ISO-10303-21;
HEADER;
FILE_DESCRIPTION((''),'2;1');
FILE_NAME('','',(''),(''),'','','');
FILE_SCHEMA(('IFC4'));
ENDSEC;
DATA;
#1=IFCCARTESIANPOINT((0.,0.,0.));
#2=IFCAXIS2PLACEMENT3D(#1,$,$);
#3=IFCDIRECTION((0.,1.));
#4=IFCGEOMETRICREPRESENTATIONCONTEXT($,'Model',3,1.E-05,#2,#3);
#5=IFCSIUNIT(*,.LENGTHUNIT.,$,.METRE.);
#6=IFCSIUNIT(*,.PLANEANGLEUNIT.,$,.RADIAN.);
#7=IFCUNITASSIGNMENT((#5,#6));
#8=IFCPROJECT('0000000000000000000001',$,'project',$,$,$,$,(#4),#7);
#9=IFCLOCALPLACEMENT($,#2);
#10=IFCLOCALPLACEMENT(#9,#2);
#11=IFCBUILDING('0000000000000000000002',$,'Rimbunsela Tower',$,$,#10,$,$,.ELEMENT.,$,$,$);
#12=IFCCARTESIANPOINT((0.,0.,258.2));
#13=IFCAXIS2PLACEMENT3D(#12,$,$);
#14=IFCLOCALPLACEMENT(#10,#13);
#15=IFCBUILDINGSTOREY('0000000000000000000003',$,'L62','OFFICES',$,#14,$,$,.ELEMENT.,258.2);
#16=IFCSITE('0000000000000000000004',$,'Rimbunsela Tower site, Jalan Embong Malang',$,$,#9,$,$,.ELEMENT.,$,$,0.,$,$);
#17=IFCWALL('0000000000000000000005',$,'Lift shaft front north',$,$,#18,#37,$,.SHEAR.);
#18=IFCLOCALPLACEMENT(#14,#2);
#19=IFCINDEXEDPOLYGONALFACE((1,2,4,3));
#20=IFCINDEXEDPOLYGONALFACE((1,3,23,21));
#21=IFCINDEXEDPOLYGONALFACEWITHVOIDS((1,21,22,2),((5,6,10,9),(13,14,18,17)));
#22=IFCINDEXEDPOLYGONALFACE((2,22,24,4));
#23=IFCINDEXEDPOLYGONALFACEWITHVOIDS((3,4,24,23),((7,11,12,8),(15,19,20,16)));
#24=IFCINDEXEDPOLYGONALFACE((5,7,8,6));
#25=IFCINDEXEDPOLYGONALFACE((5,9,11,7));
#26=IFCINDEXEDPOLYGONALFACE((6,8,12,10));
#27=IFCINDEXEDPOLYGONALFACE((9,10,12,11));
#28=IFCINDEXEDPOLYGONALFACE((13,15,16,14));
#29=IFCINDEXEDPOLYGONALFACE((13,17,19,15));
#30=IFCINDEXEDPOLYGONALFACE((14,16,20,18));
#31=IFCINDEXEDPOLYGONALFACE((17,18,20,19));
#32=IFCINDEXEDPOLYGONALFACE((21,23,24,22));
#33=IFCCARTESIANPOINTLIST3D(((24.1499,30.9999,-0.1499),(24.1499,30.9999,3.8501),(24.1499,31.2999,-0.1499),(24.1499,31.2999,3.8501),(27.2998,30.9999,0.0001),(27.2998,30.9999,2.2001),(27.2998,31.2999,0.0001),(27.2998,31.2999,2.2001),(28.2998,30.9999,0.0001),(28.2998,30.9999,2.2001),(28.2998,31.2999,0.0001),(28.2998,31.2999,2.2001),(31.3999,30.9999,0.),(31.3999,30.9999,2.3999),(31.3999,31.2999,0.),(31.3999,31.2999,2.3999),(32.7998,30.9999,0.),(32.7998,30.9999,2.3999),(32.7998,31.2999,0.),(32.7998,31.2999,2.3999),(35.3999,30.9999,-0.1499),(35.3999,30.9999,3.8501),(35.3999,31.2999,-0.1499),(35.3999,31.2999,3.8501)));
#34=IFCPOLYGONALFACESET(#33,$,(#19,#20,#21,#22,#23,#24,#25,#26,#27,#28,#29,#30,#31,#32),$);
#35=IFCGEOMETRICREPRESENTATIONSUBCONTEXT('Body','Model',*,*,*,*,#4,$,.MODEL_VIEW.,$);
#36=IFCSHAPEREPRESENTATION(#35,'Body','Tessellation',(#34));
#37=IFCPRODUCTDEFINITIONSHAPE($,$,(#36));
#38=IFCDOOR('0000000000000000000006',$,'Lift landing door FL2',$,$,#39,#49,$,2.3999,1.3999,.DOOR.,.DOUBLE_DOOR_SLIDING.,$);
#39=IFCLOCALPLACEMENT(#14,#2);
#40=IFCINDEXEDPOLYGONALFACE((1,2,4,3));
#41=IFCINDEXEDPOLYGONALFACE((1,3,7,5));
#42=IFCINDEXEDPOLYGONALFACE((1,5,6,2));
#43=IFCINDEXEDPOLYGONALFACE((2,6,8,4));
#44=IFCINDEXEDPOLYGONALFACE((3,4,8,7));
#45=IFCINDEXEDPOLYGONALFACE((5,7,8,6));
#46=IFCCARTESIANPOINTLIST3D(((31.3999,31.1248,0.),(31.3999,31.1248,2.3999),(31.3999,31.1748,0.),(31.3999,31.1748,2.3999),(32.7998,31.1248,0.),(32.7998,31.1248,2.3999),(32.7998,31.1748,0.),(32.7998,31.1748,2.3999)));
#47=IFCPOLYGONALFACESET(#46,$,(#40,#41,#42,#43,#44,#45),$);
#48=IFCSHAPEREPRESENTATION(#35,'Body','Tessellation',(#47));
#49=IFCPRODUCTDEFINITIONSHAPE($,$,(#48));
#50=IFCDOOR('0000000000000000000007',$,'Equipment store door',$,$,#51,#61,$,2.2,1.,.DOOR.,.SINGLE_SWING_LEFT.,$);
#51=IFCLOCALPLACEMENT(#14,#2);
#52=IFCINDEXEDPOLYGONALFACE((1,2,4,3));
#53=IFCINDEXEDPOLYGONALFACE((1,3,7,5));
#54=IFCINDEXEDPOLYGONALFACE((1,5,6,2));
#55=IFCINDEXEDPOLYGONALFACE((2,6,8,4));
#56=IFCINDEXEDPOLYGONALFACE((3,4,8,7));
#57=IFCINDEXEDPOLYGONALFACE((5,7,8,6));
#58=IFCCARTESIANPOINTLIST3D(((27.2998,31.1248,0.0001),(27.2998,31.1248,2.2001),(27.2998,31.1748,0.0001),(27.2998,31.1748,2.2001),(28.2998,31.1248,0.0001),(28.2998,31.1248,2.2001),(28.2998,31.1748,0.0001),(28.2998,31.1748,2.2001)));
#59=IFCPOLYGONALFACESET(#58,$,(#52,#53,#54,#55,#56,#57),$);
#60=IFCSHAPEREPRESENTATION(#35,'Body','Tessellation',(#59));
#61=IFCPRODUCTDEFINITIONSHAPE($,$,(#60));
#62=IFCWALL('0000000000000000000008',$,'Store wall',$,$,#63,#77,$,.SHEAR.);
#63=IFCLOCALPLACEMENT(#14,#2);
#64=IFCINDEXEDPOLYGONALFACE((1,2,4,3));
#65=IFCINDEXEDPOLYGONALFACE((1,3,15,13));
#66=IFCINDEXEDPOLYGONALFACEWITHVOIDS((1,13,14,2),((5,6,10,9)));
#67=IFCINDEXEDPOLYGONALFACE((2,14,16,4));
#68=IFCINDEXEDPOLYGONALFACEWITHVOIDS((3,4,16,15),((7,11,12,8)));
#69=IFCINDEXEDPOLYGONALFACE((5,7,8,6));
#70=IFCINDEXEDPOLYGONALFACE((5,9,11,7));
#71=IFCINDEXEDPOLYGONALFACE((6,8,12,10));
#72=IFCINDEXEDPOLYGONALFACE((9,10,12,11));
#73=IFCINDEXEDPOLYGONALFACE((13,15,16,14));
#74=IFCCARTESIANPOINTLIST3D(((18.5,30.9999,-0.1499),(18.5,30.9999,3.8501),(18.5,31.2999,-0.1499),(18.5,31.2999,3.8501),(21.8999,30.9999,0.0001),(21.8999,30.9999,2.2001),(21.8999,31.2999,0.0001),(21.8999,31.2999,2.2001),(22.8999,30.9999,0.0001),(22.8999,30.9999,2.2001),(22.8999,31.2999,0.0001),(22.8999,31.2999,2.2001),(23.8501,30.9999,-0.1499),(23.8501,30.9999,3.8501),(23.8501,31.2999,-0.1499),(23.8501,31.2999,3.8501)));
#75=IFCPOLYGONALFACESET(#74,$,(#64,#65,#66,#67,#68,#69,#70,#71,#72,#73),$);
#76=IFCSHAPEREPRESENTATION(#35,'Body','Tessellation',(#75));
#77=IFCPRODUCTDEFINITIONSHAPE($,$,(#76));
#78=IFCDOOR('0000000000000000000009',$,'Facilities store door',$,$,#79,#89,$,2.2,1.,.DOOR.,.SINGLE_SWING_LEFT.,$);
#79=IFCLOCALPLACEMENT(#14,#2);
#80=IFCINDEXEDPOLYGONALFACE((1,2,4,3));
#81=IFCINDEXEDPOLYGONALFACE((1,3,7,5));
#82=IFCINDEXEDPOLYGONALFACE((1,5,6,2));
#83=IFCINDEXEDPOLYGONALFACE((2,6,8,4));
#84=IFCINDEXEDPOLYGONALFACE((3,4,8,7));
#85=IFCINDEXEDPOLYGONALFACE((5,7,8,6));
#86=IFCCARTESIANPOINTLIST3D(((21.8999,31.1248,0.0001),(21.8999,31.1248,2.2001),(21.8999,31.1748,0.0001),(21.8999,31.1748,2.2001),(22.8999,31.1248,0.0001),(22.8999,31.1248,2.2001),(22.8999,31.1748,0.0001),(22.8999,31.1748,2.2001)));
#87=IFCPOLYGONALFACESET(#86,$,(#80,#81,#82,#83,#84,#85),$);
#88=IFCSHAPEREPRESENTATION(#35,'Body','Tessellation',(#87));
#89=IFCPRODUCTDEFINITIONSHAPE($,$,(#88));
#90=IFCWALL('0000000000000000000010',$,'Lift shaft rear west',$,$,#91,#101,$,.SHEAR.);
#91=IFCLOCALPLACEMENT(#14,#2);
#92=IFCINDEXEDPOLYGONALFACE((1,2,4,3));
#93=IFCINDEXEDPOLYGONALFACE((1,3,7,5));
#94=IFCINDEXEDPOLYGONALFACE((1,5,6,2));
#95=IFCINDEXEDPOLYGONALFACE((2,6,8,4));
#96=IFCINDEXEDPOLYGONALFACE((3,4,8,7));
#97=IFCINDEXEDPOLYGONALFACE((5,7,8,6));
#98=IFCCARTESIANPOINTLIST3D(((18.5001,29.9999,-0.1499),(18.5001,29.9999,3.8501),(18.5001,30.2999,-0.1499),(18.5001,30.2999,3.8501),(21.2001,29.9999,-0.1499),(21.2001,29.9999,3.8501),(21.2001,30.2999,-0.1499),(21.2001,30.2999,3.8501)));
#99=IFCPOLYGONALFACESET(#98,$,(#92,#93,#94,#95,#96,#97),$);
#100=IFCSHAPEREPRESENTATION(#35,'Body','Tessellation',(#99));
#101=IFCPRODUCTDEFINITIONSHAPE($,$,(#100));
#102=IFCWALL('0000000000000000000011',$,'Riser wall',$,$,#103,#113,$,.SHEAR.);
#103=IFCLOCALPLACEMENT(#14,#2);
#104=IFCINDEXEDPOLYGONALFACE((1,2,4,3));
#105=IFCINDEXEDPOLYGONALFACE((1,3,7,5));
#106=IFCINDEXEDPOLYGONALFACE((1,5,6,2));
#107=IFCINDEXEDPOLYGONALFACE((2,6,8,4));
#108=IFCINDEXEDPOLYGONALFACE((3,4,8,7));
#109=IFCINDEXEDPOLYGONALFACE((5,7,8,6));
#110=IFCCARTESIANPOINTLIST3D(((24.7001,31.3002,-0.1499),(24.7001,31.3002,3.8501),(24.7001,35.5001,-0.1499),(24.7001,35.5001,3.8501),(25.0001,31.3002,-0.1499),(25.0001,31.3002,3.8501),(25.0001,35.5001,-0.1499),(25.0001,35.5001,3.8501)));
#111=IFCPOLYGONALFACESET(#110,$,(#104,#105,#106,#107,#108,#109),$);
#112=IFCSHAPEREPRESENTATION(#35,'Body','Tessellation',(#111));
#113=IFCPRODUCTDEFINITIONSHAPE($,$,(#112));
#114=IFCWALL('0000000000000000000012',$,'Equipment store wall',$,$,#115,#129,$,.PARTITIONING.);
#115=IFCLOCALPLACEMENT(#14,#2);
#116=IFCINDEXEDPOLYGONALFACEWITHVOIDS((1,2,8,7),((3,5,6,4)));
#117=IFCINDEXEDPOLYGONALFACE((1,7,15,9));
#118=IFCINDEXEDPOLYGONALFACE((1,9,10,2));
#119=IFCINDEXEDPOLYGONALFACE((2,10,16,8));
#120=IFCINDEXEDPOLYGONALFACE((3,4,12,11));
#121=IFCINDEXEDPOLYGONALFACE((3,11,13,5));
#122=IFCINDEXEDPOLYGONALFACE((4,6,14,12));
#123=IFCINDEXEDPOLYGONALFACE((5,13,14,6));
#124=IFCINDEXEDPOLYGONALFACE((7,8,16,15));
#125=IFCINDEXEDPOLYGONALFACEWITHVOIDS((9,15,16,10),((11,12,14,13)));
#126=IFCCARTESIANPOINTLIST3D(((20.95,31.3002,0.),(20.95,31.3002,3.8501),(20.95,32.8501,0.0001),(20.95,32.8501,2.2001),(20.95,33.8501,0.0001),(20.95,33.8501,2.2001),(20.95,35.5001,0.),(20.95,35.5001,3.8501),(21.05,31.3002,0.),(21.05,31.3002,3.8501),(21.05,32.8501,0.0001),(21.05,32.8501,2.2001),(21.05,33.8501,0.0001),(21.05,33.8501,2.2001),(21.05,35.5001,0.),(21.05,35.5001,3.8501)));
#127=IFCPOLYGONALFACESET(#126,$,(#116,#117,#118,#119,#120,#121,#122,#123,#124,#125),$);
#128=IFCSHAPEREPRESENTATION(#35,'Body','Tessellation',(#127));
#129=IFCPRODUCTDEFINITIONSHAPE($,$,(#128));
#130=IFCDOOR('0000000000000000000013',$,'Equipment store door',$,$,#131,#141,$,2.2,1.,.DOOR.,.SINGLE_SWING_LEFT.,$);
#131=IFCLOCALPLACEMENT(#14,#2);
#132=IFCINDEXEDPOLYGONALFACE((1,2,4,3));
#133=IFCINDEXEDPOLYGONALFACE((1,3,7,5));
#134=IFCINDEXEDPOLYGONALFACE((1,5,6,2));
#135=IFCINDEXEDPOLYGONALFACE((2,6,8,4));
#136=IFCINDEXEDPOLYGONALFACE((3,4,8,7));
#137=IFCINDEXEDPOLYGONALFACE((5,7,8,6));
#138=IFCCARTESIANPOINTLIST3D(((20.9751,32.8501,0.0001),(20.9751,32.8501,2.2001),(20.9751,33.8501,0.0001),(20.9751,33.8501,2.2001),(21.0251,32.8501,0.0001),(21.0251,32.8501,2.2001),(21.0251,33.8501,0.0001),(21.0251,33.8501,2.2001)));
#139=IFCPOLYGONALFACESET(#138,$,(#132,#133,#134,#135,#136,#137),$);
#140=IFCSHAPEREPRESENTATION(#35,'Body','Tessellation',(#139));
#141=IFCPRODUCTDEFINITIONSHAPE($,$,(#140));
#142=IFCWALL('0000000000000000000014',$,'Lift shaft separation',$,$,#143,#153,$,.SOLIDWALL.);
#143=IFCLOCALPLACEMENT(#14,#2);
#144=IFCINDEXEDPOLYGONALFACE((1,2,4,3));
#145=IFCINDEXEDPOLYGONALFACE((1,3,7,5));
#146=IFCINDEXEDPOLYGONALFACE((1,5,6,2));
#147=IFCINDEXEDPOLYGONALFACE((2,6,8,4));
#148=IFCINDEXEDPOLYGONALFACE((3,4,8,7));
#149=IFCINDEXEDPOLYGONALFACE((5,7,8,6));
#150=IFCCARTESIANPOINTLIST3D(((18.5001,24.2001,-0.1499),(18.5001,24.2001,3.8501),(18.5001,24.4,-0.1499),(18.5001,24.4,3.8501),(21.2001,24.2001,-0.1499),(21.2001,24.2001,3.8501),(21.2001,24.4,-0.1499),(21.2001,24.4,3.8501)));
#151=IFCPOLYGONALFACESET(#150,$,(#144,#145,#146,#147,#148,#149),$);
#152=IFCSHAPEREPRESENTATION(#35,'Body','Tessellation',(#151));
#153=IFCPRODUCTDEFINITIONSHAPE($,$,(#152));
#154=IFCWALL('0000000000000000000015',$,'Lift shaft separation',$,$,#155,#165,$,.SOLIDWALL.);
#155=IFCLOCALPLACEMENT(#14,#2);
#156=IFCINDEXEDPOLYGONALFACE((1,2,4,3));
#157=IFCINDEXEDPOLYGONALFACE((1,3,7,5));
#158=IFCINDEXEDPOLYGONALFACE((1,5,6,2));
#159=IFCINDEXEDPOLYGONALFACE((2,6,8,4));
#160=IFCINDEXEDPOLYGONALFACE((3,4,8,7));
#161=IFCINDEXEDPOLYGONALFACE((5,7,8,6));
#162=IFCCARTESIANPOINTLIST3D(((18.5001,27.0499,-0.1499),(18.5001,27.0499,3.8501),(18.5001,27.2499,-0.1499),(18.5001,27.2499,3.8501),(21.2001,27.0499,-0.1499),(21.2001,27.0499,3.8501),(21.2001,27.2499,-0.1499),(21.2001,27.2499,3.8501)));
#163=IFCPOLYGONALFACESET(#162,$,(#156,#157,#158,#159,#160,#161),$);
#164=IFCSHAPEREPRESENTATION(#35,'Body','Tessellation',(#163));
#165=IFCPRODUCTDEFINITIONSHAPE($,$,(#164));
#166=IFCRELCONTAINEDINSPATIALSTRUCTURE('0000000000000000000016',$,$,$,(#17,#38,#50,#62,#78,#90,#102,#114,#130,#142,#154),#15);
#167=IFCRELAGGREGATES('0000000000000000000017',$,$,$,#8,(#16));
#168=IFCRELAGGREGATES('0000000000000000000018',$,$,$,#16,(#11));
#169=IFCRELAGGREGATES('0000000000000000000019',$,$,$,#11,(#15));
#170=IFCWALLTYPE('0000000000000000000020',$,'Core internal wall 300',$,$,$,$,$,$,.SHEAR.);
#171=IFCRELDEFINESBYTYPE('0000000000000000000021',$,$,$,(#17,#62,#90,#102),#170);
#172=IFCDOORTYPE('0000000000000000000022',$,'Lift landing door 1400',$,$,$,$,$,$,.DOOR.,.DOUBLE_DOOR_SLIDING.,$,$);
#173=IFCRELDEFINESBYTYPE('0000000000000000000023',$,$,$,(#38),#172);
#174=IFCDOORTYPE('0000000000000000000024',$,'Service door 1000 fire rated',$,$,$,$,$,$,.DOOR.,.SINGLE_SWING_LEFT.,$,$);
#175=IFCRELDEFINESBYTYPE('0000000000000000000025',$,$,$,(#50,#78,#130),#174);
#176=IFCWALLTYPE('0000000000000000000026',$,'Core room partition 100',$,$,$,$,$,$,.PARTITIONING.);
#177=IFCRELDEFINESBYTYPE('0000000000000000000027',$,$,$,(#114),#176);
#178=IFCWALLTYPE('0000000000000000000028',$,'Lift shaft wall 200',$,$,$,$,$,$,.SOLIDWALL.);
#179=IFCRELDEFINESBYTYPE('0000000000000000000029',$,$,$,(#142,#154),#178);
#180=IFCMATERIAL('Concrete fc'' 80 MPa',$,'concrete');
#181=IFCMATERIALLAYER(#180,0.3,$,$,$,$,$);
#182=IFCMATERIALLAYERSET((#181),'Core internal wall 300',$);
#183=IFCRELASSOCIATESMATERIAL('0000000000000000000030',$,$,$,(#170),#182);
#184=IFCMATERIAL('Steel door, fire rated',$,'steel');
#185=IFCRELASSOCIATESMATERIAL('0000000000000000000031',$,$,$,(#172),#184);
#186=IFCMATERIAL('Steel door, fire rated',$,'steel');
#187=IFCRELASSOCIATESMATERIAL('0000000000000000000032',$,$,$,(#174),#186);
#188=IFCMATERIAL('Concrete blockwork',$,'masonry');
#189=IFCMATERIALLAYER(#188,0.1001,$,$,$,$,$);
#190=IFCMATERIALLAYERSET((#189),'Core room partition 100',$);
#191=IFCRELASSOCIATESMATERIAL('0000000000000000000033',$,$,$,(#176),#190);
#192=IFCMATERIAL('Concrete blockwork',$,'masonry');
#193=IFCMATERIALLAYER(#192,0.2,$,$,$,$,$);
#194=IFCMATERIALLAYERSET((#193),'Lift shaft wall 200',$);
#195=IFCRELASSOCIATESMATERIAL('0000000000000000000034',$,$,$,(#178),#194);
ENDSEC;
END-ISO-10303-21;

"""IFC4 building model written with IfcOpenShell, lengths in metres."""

from ifc_helpers import new_model, si_unit, direction, frame, frame_2d, origin, place, context, subcontext, project, spatial, rectangle, extrude, material, layer, layer_set, type_object, element, fill, save


model = new_model("IFC4")

# Units and contexts
model_context = context("Model", 3, precision=1e-05, world=origin(), true_north=direction((0.0, 1.0)))
body_context = subcontext(model_context, "Body", "Model", "MODEL_VIEW")
ifc_project = project(units=[si_unit("LENGTHUNIT", "METRE"), si_unit("PLANEANGLEUNIT", "RADIAN")], contexts=[model_context])

# Site, building, storey
site_placement = place(None, origin())
site = spatial("IfcSite", under=ifc_project, at=site_placement, Name="Rimbunsela Tower site, Jalan Embong Malang", CompositionType="ELEMENT", RefElevation=0.0)
building_placement = place(site_placement, origin())
building = spatial("IfcBuilding", under=site, at=building_placement, Name="Rimbunsela Tower", CompositionType="ELEMENT")
storey_placement = place(building_placement, frame((0.0, 0.0, 258.2)))
storey = spatial("IfcBuildingStorey", under=building, at=storey_placement, Name="L62", Description="OFFICES", CompositionType="ELEMENT", Elevation=258.2)

# Wall, openings, doors
ifc_material_1 = material(Name="Concrete fc' 80 MPa", Category="concrete")
ifc_layer_1 = layer(ifc_material_1, 0.3)
ifc_layer_set_1 = layer_set([ifc_layer_1], Name="Core internal wall 300")
wall_type_1 = type_object("IfcWallType", Name="Core internal wall 300", PredefinedType="SHEAR", material=ifc_layer_set_1)
wall_1_placement = place(storey_placement, frame((24.1499, 31.1499, -0.1499), z_axis=(0.0, 0.0, 1.0), x_axis=(1.0, 0.0, 0.0)))
wall_1 = element("IfcWall", 1, at=wall_1_placement, inside=storey, type_object=wall_type_1, Name="Lift shaft front north", PredefinedType="SHEAR", context=body_context, shape_type="SweptSolid", body=[
    extrude(rectangle(XDim=11.25, YDim=0.3, at=frame_2d((5.625, 0.0))), origin(), (0.0, 0.0, 1.0), 4.0),
])
opening_1_placement = place(wall_1_placement, frame((3.1499, 0.0, 0.1499)))
opening_1 = element("IfcOpeningElement", 2, at=opening_1_placement, cuts=wall_1, PredefinedType="OPENING", context=body_context, shape_type="SweptSolid", body=[
    extrude(rectangle(XDim=1.0, YDim=2.2, at=frame_2d((0.5, 1.1001))), frame((0.0, 0.1599, 0.0), z_axis=(0.0, -1.0, 0.0), x_axis=(1.0, 0.0, 0.0)), (0.0, 0.0, 1.0), 0.3201),
])
opening_2_placement = place(wall_1_placement, frame((7.25, 0.0, 0.1499)))
opening_2 = element("IfcOpeningElement", 3, at=opening_2_placement, cuts=wall_1, PredefinedType="OPENING", context=body_context, shape_type="SweptSolid", body=[
    extrude(rectangle(XDim=1.3999, YDim=2.3999, at=frame_2d((0.7, 1.2))), frame((0.0, 0.1599, 0.0), z_axis=(0.0, -1.0, 0.0), x_axis=(1.0, 0.0, 0.0)), (0.0, 0.0, 1.0), 0.3201),
])
ifc_material_2 = material(Name="Steel door, fire rated", Category="steel")
door_type_1 = type_object("IfcDoorType", Name="Lift landing door 1400", OperationType="DOUBLE_DOOR_SLIDING", PredefinedType="DOOR", material=ifc_material_2)
door_1_placement = place(opening_2_placement, origin())
door_1 = element("IfcDoor", 4, at=door_1_placement, inside=storey, type_object=door_type_1, Name="Lift landing door FL2", OperationType="DOUBLE_DOOR_SLIDING", OverallHeight=2.3999, OverallWidth=1.3999, PredefinedType="DOOR", context=body_context, shape_type="SweptSolid", body=[
    extrude(rectangle(XDim=1.3999, YDim=2.3999, at=frame_2d((0.7, 1.2))), frame((0.0, 0.0249, 0.0), z_axis=(0.0, -1.0, 0.0), x_axis=(1.0, 0.0, 0.0)), (0.0, 0.0, 1.0), 0.05),
])
fill(opening_2, door_1)
ifc_material_3 = material(Name="Steel door, fire rated", Category="steel")
door_type_2 = type_object("IfcDoorType", Name="Service door 1000 fire rated", OperationType="SINGLE_SWING_LEFT", PredefinedType="DOOR", material=ifc_material_3)
door_2_placement = place(opening_1_placement, origin())
door_2 = element("IfcDoor", 5, at=door_2_placement, inside=storey, type_object=door_type_2, Name="Equipment store door", OperationType="SINGLE_SWING_LEFT", OverallHeight=2.2, OverallWidth=1.0, PredefinedType="DOOR", context=body_context, shape_type="SweptSolid", body=[
    extrude(rectangle(XDim=1.0, YDim=2.2, at=frame_2d((0.5, 1.1001))), frame((0.0, 0.0249, 0.0), z_axis=(0.0, -1.0, 0.0), x_axis=(1.0, 0.0, 0.0)), (0.0, 0.0, 1.0), 0.05),
])
fill(opening_1, door_2)

# Wall, opening, door
wall_2_placement = place(storey_placement, frame((18.5, 31.1499, -0.1499), z_axis=(0.0, 0.0, 1.0), x_axis=(1.0, 0.0, 0.0)))
wall_2 = element("IfcWall", 6, at=wall_2_placement, inside=storey, type_object=wall_type_1, Name="Store wall", PredefinedType="SHEAR", context=body_context, shape_type="SweptSolid", body=[
    extrude(rectangle(XDim=5.3501, YDim=0.3, at=frame_2d((2.675, 0.0))), origin(), (0.0, 0.0, 1.0), 4.0),
])
opening_3_placement = place(wall_2_placement, frame((3.3999, 0.0, 0.1499)))
opening_3 = element("IfcOpeningElement", 7, at=opening_3_placement, cuts=wall_2, PredefinedType="OPENING", context=body_context, shape_type="SweptSolid", body=[
    extrude(rectangle(XDim=1.0, YDim=2.2, at=frame_2d((0.5, 1.1001))), frame((0.0, 0.1599, 0.0), z_axis=(0.0, -1.0, 0.0), x_axis=(1.0, 0.0, 0.0)), (0.0, 0.0, 1.0), 0.3201),
])
door_3_placement = place(opening_3_placement, origin())
door_3 = element("IfcDoor", 8, at=door_3_placement, inside=storey, type_object=door_type_2, Name="Facilities store door", OperationType="SINGLE_SWING_LEFT", OverallHeight=2.2, OverallWidth=1.0, PredefinedType="DOOR", context=body_context, shape_type="SweptSolid", body=[
    extrude(rectangle(XDim=1.0, YDim=2.2, at=frame_2d((0.5, 1.1001))), frame((0.0, 0.0249, 0.0), z_axis=(0.0, -1.0, 0.0), x_axis=(1.0, 0.0, 0.0)), (0.0, 0.0, 1.0), 0.05),
])
fill(opening_3, door_3)

# Walls
wall_3_placement = place(storey_placement, frame((18.5, 30.1499, -0.1499), z_axis=(0.0, 0.0, 1.0), x_axis=(1.0, 0.0, 0.0)))
element("IfcWall", 9, at=wall_3_placement, inside=storey, type_object=wall_type_1, Name="Lift shaft rear west", PredefinedType="SHEAR", context=body_context, shape_type="SweptSolid", body=[
    extrude(rectangle(XDim=2.7, YDim=0.3, at=frame_2d((1.3501, 0.0))), origin(), (0.0, 0.0, 1.0), 4.0),
])
wall_4_placement = place(storey_placement, frame((24.8501, 31.3, -0.1499), z_axis=(0.0, 0.0, 1.0), x_axis=(0.0, 1.0, 0.0)))
element("IfcWall", 10, at=wall_4_placement, inside=storey, type_object=wall_type_1, Name="Riser wall", PredefinedType="SHEAR", context=body_context, shape_type="SweptSolid", body=[
    extrude(rectangle(XDim=4.2, YDim=0.3, at=frame_2d((2.1001, 0.0))), origin(), (0.0, 0.0, 1.0), 4.0),
])

# Wall, opening, door
ifc_material_4 = material(Name="Concrete blockwork", Category="masonry")
ifc_layer_2 = layer(ifc_material_4, 0.1001)
ifc_layer_set_2 = layer_set([ifc_layer_2], Name="Core room partition 100")
wall_type_2 = type_object("IfcWallType", Name="Core room partition 100", PredefinedType="PARTITIONING", material=ifc_layer_set_2)
wall_5_placement = place(storey_placement, frame((21.0, 31.3, 0.0), z_axis=(0.0, 0.0, 1.0), x_axis=(0.0, 1.0, 0.0)))
wall_5 = element("IfcWall", 11, at=wall_5_placement, inside=storey, type_object=wall_type_2, Name="Equipment store wall", PredefinedType="PARTITIONING", context=body_context, shape_type="SweptSolid", body=[
    extrude(rectangle(XDim=4.2, YDim=0.1001, at=frame_2d((2.1001, 0.0))), origin(), (0.0, 0.0, 1.0), 3.8501),
])
opening_4_placement = place(wall_5_placement, frame((1.55, 0.0, 0.0)))
opening_4 = element("IfcOpeningElement", 12, at=opening_4_placement, cuts=wall_5, PredefinedType="OPENING", context=body_context, shape_type="SweptSolid", body=[
    extrude(rectangle(XDim=1.0, YDim=2.2, at=frame_2d((0.5, 1.1001))), frame((0.0, 0.0601, 0.0), z_axis=(0.0, -1.0, 0.0), x_axis=(1.0, 0.0, 0.0)), (0.0, 0.0, 1.0), 0.1201),
])
door_4_placement = place(opening_4_placement, origin())
door_4 = element("IfcDoor", 13, at=door_4_placement, inside=storey, type_object=door_type_2, Name="Equipment store door", OperationType="SINGLE_SWING_LEFT", OverallHeight=2.2, OverallWidth=1.0, PredefinedType="DOOR", context=body_context, shape_type="SweptSolid", body=[
    extrude(rectangle(XDim=1.0, YDim=2.2, at=frame_2d((0.5, 1.1001))), frame((0.0, 0.0249, 0.0), z_axis=(0.0, -1.0, 0.0), x_axis=(1.0, 0.0, 0.0)), (0.0, 0.0, 1.0), 0.05),
])
fill(opening_4, door_4)

# Walls
ifc_material_5 = material(Name="Concrete blockwork", Category="masonry")
ifc_layer_3 = layer(ifc_material_5, 0.2)
ifc_layer_set_3 = layer_set([ifc_layer_3], Name="Lift shaft wall 200")
wall_type_3 = type_object("IfcWallType", Name="Lift shaft wall 200", PredefinedType="SOLIDWALL", material=ifc_layer_set_3)
for number, where, z_axis, x_axis, name in (
    (14, (18.5, 24.3, -0.1499), (0.0, 0.0, 1.0), (1.0, 0.0, 0.0), "Lift shaft separation"),
    (15, (18.5, 27.1499, -0.1499), (0.0, 0.0, 1.0), (1.0, 0.0, 0.0), "Lift shaft separation"),
):
    element("IfcWall", number, at=place(storey_placement, frame(where, z_axis=z_axis, x_axis=x_axis)), inside=storey, type_object=wall_type_3, Name=name, PredefinedType="SOLIDWALL", context=body_context, shape_type="SweptSolid", body=[
        extrude(rectangle(XDim=2.7, YDim=0.2, at=frame_2d((1.3501, 0.0))), origin(), (0.0, 0.0, 1.0), 4.0),
    ])

save(model, "model.ifc")
